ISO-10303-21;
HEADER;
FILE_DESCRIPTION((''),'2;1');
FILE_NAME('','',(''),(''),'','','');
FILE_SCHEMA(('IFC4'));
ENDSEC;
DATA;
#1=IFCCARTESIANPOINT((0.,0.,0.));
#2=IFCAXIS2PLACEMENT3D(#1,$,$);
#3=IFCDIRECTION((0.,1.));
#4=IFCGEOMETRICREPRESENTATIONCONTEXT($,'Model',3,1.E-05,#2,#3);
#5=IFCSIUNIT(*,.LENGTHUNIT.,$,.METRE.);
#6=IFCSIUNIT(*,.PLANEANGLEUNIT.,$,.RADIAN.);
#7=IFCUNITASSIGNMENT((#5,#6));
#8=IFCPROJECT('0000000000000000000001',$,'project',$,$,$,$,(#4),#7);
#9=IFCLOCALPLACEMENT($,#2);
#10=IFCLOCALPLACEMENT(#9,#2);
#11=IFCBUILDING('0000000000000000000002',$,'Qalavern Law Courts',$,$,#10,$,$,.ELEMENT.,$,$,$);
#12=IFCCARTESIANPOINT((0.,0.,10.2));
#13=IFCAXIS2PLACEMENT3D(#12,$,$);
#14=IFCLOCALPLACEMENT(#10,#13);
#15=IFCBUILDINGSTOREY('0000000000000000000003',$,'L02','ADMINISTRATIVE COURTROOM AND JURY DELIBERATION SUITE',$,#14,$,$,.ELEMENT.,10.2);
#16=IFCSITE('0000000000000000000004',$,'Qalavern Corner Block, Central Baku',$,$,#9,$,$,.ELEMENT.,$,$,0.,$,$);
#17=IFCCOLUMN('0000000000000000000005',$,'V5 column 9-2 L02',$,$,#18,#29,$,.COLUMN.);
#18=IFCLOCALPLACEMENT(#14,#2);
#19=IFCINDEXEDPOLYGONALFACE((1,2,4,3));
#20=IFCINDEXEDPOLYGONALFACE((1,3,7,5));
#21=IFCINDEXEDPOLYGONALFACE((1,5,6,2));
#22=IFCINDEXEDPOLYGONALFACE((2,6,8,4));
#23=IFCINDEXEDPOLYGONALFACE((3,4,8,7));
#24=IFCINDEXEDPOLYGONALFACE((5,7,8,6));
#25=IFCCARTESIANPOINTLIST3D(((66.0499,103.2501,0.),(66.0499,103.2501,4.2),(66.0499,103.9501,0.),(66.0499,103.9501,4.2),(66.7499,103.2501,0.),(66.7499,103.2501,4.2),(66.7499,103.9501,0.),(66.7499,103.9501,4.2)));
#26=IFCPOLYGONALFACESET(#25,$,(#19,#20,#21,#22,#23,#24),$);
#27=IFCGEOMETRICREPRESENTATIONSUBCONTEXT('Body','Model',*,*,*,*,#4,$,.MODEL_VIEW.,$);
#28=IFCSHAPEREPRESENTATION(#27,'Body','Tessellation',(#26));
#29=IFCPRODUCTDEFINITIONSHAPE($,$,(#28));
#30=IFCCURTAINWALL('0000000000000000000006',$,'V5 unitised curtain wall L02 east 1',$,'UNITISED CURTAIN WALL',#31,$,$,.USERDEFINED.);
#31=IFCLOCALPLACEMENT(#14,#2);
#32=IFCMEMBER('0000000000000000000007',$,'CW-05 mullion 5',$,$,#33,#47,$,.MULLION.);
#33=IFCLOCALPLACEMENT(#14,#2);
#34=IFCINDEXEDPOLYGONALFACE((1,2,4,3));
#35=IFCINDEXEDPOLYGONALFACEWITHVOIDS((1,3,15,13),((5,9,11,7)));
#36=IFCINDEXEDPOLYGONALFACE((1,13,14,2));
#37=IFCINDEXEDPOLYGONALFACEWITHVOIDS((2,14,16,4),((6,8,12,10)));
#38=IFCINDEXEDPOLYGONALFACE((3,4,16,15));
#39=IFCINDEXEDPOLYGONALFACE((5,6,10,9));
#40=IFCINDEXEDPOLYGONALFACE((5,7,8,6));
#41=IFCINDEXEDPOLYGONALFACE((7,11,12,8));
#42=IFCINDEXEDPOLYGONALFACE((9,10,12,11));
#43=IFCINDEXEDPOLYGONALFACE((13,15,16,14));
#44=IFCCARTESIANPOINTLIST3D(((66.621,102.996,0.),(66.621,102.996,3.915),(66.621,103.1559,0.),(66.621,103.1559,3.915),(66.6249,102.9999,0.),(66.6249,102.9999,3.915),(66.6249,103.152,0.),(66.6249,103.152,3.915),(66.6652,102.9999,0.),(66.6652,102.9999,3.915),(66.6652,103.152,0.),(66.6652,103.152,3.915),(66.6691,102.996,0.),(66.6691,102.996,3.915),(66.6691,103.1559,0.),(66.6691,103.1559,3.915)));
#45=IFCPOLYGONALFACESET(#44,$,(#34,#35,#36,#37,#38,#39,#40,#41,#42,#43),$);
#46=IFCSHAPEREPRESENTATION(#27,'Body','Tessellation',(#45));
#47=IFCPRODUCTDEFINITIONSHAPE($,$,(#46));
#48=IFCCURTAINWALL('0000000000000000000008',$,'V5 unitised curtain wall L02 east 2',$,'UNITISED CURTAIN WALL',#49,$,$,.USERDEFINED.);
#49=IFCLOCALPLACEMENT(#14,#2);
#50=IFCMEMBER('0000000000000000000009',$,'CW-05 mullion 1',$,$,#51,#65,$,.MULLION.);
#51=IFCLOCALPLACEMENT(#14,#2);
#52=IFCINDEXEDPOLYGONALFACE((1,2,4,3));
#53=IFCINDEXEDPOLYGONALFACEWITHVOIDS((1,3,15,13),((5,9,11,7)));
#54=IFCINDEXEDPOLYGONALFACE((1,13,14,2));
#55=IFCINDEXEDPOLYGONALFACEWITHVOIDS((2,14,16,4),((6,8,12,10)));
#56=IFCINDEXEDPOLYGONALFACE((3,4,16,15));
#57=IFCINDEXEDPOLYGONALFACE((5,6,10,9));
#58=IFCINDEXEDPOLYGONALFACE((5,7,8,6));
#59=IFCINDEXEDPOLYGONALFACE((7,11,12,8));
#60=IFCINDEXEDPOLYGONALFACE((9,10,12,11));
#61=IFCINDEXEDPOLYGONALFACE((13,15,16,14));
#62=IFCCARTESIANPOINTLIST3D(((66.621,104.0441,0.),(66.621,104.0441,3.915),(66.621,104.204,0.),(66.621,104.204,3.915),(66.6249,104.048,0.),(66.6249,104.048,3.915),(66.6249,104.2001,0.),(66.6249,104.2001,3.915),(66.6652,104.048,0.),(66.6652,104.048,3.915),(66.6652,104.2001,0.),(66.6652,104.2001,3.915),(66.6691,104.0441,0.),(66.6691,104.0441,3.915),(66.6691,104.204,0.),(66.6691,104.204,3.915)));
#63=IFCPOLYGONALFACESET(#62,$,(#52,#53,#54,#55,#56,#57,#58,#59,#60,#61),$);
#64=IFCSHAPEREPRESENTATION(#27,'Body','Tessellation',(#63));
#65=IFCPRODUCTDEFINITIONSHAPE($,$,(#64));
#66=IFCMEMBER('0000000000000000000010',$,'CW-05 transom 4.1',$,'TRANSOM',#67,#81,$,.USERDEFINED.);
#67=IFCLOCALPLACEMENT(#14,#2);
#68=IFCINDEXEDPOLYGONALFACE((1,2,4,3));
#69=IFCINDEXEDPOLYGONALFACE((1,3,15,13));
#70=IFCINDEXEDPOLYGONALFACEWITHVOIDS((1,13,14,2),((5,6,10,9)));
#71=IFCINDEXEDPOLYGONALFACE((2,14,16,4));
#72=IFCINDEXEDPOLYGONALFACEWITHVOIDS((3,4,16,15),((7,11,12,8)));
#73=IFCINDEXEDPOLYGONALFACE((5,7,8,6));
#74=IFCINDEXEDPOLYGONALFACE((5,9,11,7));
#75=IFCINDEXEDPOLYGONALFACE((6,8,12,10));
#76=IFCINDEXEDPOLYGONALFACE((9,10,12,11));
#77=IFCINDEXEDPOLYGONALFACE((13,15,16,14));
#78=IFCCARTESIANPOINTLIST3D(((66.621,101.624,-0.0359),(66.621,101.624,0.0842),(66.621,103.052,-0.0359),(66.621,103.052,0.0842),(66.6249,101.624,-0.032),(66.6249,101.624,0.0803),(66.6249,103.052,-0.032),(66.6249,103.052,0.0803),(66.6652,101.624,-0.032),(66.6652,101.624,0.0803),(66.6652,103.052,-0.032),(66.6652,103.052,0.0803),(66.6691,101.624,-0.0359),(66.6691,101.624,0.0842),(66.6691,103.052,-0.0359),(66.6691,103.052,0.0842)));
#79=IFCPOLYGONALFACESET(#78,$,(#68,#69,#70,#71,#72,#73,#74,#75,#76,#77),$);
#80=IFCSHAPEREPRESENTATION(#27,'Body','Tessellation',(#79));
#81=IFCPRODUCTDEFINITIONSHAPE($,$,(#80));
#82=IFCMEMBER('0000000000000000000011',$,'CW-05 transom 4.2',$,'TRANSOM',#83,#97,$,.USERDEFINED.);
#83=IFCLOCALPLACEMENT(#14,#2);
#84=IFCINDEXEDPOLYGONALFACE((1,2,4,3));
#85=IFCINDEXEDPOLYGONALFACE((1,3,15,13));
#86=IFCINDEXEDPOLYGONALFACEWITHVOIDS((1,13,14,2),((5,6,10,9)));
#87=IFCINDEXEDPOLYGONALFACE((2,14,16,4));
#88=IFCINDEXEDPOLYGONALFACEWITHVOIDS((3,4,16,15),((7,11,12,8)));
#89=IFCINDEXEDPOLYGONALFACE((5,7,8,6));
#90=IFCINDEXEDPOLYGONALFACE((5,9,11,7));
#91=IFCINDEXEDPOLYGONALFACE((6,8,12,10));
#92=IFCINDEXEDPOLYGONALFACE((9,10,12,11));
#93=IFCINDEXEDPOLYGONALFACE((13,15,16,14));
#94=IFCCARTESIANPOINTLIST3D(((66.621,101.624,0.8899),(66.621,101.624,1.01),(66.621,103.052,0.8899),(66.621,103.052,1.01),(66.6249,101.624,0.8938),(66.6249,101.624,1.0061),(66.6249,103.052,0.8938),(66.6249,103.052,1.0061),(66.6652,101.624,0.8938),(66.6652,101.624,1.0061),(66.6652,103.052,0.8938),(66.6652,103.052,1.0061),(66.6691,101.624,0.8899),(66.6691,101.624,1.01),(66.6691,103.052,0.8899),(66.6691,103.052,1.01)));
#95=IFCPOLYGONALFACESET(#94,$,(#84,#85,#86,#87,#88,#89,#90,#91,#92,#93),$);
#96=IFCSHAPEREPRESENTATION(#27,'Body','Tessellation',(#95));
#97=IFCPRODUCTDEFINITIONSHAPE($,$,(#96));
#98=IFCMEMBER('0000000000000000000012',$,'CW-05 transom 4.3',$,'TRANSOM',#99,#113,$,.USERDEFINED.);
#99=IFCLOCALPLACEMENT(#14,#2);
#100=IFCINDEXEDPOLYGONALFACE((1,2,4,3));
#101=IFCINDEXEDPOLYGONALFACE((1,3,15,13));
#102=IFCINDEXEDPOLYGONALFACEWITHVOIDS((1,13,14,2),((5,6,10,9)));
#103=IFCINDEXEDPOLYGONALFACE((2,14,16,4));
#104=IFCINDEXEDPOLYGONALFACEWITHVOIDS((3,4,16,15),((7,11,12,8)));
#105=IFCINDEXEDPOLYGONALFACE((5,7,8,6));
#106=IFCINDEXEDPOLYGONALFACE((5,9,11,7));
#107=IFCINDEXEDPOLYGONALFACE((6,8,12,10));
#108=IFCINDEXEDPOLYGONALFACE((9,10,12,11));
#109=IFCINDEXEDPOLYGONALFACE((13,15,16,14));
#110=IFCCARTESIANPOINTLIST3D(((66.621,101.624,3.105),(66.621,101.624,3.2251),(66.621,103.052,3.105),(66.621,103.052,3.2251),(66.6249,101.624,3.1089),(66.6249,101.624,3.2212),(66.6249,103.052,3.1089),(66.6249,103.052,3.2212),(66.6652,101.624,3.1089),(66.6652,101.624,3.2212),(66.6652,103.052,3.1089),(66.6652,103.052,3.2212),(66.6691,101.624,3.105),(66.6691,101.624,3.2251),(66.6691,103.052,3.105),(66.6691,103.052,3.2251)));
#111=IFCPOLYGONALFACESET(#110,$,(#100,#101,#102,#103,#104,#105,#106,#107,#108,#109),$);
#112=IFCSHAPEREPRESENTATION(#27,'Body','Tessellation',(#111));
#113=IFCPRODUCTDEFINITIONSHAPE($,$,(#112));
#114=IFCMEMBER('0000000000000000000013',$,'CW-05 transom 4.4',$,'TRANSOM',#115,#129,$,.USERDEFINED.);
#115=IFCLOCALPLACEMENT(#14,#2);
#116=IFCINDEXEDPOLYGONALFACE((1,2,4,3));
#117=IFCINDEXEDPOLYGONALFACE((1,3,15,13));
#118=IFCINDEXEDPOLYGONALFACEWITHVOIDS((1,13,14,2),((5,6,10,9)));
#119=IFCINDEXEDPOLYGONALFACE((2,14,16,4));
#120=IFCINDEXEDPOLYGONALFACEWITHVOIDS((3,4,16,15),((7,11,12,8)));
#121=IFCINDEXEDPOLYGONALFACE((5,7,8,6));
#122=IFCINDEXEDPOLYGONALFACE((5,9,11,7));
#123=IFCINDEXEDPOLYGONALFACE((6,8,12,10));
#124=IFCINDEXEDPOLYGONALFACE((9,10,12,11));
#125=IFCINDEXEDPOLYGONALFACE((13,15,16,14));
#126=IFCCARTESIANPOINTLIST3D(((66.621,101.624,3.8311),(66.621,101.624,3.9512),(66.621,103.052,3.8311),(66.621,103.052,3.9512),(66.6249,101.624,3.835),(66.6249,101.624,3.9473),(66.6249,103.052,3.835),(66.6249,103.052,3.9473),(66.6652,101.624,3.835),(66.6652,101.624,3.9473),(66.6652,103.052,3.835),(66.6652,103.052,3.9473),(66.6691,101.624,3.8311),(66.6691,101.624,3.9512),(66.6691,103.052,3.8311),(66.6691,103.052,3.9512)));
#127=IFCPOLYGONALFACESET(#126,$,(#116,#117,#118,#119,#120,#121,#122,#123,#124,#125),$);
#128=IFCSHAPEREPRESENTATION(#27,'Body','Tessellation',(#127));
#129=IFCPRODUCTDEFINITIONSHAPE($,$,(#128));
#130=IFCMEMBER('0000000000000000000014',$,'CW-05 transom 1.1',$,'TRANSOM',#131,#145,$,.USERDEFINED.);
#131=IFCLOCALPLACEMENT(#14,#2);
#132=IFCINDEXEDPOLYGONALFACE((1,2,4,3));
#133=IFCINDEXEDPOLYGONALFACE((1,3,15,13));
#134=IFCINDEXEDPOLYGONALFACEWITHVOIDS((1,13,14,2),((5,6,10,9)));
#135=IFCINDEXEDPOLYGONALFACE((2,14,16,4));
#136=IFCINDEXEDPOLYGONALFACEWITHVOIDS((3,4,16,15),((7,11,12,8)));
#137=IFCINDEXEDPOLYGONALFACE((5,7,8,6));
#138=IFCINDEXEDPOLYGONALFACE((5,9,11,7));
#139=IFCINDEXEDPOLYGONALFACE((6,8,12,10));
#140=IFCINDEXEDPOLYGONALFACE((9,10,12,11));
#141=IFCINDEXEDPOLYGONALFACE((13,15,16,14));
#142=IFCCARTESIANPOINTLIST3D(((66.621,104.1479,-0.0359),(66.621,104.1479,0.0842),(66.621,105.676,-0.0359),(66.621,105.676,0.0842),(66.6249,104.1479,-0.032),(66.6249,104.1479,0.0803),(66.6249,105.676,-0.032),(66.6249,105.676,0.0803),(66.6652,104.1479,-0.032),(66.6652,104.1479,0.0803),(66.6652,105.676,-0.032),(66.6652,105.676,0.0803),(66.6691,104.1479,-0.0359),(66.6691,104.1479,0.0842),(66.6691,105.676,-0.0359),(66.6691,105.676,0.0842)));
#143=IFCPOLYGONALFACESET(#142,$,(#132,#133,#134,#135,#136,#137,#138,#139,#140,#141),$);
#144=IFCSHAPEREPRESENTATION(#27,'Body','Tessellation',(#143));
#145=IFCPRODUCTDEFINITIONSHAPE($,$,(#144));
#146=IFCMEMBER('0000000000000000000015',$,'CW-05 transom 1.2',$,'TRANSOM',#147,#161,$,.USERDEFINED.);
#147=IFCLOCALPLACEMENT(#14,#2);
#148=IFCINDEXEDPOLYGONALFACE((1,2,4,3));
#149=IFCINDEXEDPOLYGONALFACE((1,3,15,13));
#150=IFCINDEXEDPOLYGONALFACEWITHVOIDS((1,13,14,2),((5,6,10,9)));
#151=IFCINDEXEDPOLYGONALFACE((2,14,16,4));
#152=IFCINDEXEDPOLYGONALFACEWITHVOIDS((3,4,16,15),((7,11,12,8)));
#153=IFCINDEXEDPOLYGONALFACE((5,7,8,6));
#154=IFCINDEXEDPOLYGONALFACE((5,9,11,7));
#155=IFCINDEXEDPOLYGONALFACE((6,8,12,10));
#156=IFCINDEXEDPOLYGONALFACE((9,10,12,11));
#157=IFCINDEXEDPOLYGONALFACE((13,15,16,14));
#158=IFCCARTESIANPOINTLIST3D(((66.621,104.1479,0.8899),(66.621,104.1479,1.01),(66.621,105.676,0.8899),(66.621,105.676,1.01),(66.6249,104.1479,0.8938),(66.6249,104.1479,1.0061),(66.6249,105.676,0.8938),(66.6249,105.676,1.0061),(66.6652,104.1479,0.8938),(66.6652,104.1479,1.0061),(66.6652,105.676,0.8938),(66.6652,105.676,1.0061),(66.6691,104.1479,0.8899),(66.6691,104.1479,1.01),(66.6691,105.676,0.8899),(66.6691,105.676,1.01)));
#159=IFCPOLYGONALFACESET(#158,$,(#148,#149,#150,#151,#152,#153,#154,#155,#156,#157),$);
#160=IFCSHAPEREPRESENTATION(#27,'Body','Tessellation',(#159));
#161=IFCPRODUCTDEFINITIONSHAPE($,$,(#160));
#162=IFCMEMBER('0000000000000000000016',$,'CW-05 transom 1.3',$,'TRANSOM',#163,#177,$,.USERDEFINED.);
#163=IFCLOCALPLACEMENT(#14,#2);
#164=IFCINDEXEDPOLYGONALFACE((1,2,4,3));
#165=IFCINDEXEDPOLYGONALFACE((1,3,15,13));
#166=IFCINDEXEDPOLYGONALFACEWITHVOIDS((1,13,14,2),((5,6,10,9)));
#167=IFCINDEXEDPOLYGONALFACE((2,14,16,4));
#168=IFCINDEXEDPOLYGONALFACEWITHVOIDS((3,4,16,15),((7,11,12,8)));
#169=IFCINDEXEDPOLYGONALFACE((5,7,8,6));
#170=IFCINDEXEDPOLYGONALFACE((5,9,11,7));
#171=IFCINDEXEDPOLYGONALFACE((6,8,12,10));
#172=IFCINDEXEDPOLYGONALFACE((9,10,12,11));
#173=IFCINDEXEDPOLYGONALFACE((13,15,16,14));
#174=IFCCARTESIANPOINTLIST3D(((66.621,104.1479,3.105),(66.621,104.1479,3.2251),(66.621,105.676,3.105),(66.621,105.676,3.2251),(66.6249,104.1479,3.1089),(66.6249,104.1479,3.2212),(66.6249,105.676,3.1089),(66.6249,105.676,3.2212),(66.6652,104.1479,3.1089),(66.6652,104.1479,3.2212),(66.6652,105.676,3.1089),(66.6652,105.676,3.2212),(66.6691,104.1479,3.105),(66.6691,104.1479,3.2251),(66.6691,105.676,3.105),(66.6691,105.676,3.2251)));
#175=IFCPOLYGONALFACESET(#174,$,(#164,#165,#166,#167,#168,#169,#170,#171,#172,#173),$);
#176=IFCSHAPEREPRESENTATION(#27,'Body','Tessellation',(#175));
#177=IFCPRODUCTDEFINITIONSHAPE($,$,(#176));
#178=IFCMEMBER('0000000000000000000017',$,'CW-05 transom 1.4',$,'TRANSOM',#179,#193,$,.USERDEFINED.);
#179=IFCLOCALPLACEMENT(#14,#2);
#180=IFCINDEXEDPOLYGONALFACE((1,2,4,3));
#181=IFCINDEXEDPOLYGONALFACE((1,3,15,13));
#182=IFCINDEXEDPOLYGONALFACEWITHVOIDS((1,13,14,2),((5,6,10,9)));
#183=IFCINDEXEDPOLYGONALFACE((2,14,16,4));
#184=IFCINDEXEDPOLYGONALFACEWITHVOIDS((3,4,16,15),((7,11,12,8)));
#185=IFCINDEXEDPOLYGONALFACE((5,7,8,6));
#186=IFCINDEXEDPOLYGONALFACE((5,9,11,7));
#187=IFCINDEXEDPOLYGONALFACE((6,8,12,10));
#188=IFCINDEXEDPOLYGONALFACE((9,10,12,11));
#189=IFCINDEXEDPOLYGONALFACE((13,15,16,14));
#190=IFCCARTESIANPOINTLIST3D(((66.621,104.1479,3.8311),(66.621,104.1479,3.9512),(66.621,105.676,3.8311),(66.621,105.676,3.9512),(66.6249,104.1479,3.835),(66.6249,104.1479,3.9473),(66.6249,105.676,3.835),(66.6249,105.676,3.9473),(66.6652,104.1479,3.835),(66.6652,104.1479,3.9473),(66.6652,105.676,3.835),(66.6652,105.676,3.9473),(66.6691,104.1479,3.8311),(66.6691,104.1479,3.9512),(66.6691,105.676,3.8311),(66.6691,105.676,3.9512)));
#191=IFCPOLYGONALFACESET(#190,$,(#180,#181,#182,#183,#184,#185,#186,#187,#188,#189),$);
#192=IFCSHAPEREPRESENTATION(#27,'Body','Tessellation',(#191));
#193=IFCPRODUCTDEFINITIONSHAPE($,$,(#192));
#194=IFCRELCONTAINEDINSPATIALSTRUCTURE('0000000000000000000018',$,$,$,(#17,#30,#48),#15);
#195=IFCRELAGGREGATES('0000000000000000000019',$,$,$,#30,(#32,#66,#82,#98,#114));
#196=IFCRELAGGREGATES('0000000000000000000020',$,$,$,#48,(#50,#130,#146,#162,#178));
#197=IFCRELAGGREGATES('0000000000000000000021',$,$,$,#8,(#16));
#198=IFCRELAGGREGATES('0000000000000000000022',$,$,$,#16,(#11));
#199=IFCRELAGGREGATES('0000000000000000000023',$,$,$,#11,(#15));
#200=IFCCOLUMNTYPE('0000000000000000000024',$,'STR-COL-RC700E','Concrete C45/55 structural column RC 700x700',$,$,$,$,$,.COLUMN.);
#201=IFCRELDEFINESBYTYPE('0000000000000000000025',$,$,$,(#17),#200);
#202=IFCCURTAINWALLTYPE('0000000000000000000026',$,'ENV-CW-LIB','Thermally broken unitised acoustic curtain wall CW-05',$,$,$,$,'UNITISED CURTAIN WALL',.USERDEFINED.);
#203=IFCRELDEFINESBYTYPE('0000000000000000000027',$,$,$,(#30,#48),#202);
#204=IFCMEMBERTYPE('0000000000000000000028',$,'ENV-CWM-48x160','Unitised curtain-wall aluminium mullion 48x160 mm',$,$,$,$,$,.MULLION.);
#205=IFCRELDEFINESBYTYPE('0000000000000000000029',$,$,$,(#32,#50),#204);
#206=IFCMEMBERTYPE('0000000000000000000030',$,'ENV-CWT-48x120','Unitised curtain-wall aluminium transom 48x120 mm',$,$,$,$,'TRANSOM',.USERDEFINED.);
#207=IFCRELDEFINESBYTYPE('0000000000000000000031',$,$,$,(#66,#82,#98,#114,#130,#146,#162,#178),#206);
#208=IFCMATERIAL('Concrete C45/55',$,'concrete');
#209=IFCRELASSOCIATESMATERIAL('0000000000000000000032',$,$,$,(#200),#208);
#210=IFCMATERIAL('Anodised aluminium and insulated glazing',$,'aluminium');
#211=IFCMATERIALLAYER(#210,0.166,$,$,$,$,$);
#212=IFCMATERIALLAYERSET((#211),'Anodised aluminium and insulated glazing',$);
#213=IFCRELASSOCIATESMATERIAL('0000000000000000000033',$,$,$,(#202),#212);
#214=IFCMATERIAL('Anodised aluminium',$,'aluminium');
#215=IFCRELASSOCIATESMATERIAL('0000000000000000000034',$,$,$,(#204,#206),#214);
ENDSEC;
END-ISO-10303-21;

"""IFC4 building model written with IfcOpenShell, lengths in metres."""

from ifc_helpers import new_model, si_unit, direction, frame, origin, origin_2d, place, context, subcontext, project, spatial, rectangle, hollow_rectangle, extrude, material, layer, layer_set, material_profile, profile_set, type_object, element, aggregate, save


model = new_model("IFC4")

# Units and contexts
model_context = context("Model", 3, precision=1e-05, world=origin(), true_north=direction((0.0, 1.0)))
body_context = subcontext(model_context, "Body", "Model", "MODEL_VIEW")
ifc_project = project(units=[si_unit("LENGTHUNIT", "METRE"), si_unit("PLANEANGLEUNIT", "RADIAN")], contexts=[model_context])

# Site, building, storey
site_placement = place(None, origin())
site = spatial("IfcSite", under=ifc_project, at=site_placement, Name="Qalavern Corner Block, Central Baku", CompositionType="ELEMENT", RefElevation=0.0)
building_placement = place(site_placement, origin())
building = spatial("IfcBuilding", under=site, at=building_placement, Name="Qalavern Law Courts", CompositionType="ELEMENT")
storey_placement = place(building_placement, frame((0.0, 0.0, 10.2)))
storey = spatial("IfcBuildingStorey", under=building, at=storey_placement, Name="L02", Description="ADMINISTRATIVE COURTROOM AND JURY DELIBERATION SUITE", CompositionType="ELEMENT", Elevation=10.2)

# Column
ifc_material_1 = material(Name="Concrete C45/55", Category="concrete")
ifc_material_profile_1 = material_profile(ifc_material_1, rectangle(XDim=0.7, YDim=0.7, at=origin_2d()), Name="RC 700x700")
ifc_profile_set_1 = profile_set([ifc_material_profile_1], Name="Concrete C45/55")
column_type = type_object("IfcColumnType", Name="STR-COL-RC700E", Description="Concrete C45/55 structural column RC 700x700", PredefinedType="COLUMN", material=ifc_profile_set_1)
column_placement = place(storey_placement, frame((66.3999, 103.6001, 0.0), z_axis=(0.0, 0.0, 1.0), x_axis=(1.0, 0.0, 0.0)))
element("IfcColumn", 1, at=column_placement, inside=storey, type_object=column_type, Name="V5 column 9-2 L02", PredefinedType="COLUMN", context=body_context, shape_type="SweptSolid", body=[
    extrude(rectangle(XDim=0.7, YDim=0.7, at=origin_2d()), origin(), (0.0, 0.0, 1.0), 4.2),
])

# Curtain walls, members
ifc_material_2 = material(Name="Anodised aluminium and insulated glazing", Category="aluminium")
ifc_layer_1 = layer(ifc_material_2, 0.166)
ifc_layer_set_1 = layer_set([ifc_layer_1], Name="Anodised aluminium and insulated glazing")
curtain_wall_type = type_object("IfcCurtainWallType", Name="ENV-CW-LIB", Description="Thermally broken unitised acoustic curtain wall CW-05", ElementType="UNITISED CURTAIN WALL", PredefinedType="USERDEFINED", material=ifc_layer_set_1)
curtain_wall_1_placement = place(storey_placement, origin())
curtain_wall_1 = element("IfcCurtainWall", 2, at=curtain_wall_1_placement, inside=storey, type_object=curtain_wall_type, Name="V5 unitised curtain wall L02 east 1", ObjectType="UNITISED CURTAIN WALL", PredefinedType="USERDEFINED")
ifc_material_3 = material(Name="Anodised aluminium", Category="aluminium")
ifc_material_profile_2 = material_profile(ifc_material_3, hollow_rectangle(XDim=0.0481, YDim=0.1599, WallThickness=0.0039, at=origin_2d()), Name="ALU MULLION 48x160")
ifc_profile_set_2 = profile_set([ifc_material_profile_2], Name="Anodised aluminium")
member_type_1 = type_object("IfcMemberType", Name="ENV-CWM-48x160", Description="Unitised curtain-wall aluminium mullion 48x160 mm", PredefinedType="MULLION", material=ifc_profile_set_2)
member_1_placement = place(storey_placement, frame((66.645, 103.0759, 0.0), z_axis=(0.0, 0.0, 1.0), x_axis=(-1.0, 0.0, 0.0)))
member_1 = element("IfcMember", 3, at=member_1_placement, type_object=member_type_1, Name="CW-05 mullion 5", PredefinedType="MULLION", context=body_context, shape_type="SweptSolid", body=[
    extrude(hollow_rectangle(XDim=0.0481, YDim=0.1599, WallThickness=0.0039, at=origin_2d()), origin(), (0.0, 0.0, 1.0), 3.915),
])
curtain_wall_2_placement = place(storey_placement, origin())
curtain_wall_2 = element("IfcCurtainWall", 4, at=curtain_wall_2_placement, inside=storey, type_object=curtain_wall_type, Name="V5 unitised curtain wall L02 east 2", ObjectType="UNITISED CURTAIN WALL", PredefinedType="USERDEFINED")
member_2_placement = place(storey_placement, frame((66.645, 104.124, 0.0), z_axis=(0.0, 0.0, 1.0), x_axis=(-1.0, 0.0, 0.0)))
member_2 = element("IfcMember", 5, at=member_2_placement, type_object=member_type_1, Name="CW-05 mullion 1", PredefinedType="MULLION", context=body_context, shape_type="SweptSolid", body=[
    extrude(hollow_rectangle(XDim=0.0481, YDim=0.1599, WallThickness=0.0039, at=origin_2d()), origin(), (0.0, 0.0, 1.0), 3.915),
])

# Members
ifc_material_profile_3 = material_profile(ifc_material_3, hollow_rectangle(XDim=0.0481, YDim=0.1201, WallThickness=0.0039, at=origin_2d()), Name="ALU TRANSOM 48x120")
ifc_profile_set_3 = profile_set([ifc_material_profile_3], Name="Anodised aluminium")
member_type_2 = type_object("IfcMemberType", Name="ENV-CWT-48x120", Description="Unitised curtain-wall aluminium transom 48x120 mm", ElementType="TRANSOM", PredefinedType="USERDEFINED", material=ifc_profile_set_3)
member_3_placement = place(storey_placement, frame((66.645, 101.624, 0.0242), z_axis=(0.0, 1.0, 0.0), x_axis=(-1.0, 0.0, 0.0)))
member_3 = element("IfcMember", 6, at=member_3_placement, type_object=member_type_2, Name="CW-05 transom 4.1", ObjectType="TRANSOM", PredefinedType="USERDEFINED", context=body_context, shape_type="SweptSolid", body=[
    extrude(hollow_rectangle(XDim=0.0481, YDim=0.1201, WallThickness=0.0039, at=origin_2d()), origin(), (0.0, 0.0, 1.0), 1.428),
])
member_4_placement = place(storey_placement, frame((66.645, 101.624, 0.95), z_axis=(0.0, 1.0, 0.0), x_axis=(-1.0, 0.0, 0.0)))
member_4 = element("IfcMember", 7, at=member_4_placement, type_object=member_type_2, Name="CW-05 transom 4.2", ObjectType="TRANSOM", PredefinedType="USERDEFINED", context=body_context, shape_type="SweptSolid", body=[
    extrude(hollow_rectangle(XDim=0.0481, YDim=0.1201, WallThickness=0.0039, at=origin_2d()), origin(), (0.0, 0.0, 1.0), 1.428),
])
member_5_placement = place(storey_placement, frame((66.645, 101.624, 3.165), z_axis=(0.0, 1.0, 0.0), x_axis=(-1.0, 0.0, 0.0)))
member_5 = element("IfcMember", 8, at=member_5_placement, type_object=member_type_2, Name="CW-05 transom 4.3", ObjectType="TRANSOM", PredefinedType="USERDEFINED", context=body_context, shape_type="SweptSolid", body=[
    extrude(hollow_rectangle(XDim=0.0481, YDim=0.1201, WallThickness=0.0039, at=origin_2d()), origin(), (0.0, 0.0, 1.0), 1.428),
])
member_6_placement = place(storey_placement, frame((66.645, 101.624, 3.8911), z_axis=(0.0, 1.0, 0.0), x_axis=(-1.0, 0.0, 0.0)))
member_6 = element("IfcMember", 9, at=member_6_placement, type_object=member_type_2, Name="CW-05 transom 4.4", ObjectType="TRANSOM", PredefinedType="USERDEFINED", context=body_context, shape_type="SweptSolid", body=[
    extrude(hollow_rectangle(XDim=0.0481, YDim=0.1201, WallThickness=0.0039, at=origin_2d()), origin(), (0.0, 0.0, 1.0), 1.428),
])
member_7_placement = place(storey_placement, frame((66.645, 104.1479, 0.0242), z_axis=(0.0, 1.0, 0.0), x_axis=(-1.0, 0.0, 0.0)))
member_7 = element("IfcMember", 10, at=member_7_placement, type_object=member_type_2, Name="CW-05 transom 1.1", ObjectType="TRANSOM", PredefinedType="USERDEFINED", context=body_context, shape_type="SweptSolid", body=[
    extrude(hollow_rectangle(XDim=0.0481, YDim=0.1201, WallThickness=0.0039, at=origin_2d()), origin(), (0.0, 0.0, 1.0), 1.5281),
])
member_8_placement = place(storey_placement, frame((66.645, 104.1479, 0.95), z_axis=(0.0, 1.0, 0.0), x_axis=(-1.0, 0.0, 0.0)))
member_8 = element("IfcMember", 11, at=member_8_placement, type_object=member_type_2, Name="CW-05 transom 1.2", ObjectType="TRANSOM", PredefinedType="USERDEFINED", context=body_context, shape_type="SweptSolid", body=[
    extrude(hollow_rectangle(XDim=0.0481, YDim=0.1201, WallThickness=0.0039, at=origin_2d()), origin(), (0.0, 0.0, 1.0), 1.5281),
])
member_9_placement = place(storey_placement, frame((66.645, 104.1479, 3.165), z_axis=(0.0, 1.0, 0.0), x_axis=(-1.0, 0.0, 0.0)))
member_9 = element("IfcMember", 12, at=member_9_placement, type_object=member_type_2, Name="CW-05 transom 1.3", ObjectType="TRANSOM", PredefinedType="USERDEFINED", context=body_context, shape_type="SweptSolid", body=[
    extrude(hollow_rectangle(XDim=0.0481, YDim=0.1201, WallThickness=0.0039, at=origin_2d()), origin(), (0.0, 0.0, 1.0), 1.5281),
])
member_10_placement = place(storey_placement, frame((66.645, 104.1479, 3.8911), z_axis=(0.0, 1.0, 0.0), x_axis=(-1.0, 0.0, 0.0)))
member_10 = element("IfcMember", 13, at=member_10_placement, type_object=member_type_2, Name="CW-05 transom 1.4", ObjectType="TRANSOM", PredefinedType="USERDEFINED", context=body_context, shape_type="SweptSolid", body=[
    extrude(hollow_rectangle(XDim=0.0481, YDim=0.1201, WallThickness=0.0039, at=origin_2d()), origin(), (0.0, 0.0, 1.0), 1.5281),
])

aggregate(curtain_wall_1, [member_1, member_3, member_4, member_5, member_6])
aggregate(curtain_wall_2, [member_2, member_7, member_8, member_9, member_10])

save(model, "model.ifc")
